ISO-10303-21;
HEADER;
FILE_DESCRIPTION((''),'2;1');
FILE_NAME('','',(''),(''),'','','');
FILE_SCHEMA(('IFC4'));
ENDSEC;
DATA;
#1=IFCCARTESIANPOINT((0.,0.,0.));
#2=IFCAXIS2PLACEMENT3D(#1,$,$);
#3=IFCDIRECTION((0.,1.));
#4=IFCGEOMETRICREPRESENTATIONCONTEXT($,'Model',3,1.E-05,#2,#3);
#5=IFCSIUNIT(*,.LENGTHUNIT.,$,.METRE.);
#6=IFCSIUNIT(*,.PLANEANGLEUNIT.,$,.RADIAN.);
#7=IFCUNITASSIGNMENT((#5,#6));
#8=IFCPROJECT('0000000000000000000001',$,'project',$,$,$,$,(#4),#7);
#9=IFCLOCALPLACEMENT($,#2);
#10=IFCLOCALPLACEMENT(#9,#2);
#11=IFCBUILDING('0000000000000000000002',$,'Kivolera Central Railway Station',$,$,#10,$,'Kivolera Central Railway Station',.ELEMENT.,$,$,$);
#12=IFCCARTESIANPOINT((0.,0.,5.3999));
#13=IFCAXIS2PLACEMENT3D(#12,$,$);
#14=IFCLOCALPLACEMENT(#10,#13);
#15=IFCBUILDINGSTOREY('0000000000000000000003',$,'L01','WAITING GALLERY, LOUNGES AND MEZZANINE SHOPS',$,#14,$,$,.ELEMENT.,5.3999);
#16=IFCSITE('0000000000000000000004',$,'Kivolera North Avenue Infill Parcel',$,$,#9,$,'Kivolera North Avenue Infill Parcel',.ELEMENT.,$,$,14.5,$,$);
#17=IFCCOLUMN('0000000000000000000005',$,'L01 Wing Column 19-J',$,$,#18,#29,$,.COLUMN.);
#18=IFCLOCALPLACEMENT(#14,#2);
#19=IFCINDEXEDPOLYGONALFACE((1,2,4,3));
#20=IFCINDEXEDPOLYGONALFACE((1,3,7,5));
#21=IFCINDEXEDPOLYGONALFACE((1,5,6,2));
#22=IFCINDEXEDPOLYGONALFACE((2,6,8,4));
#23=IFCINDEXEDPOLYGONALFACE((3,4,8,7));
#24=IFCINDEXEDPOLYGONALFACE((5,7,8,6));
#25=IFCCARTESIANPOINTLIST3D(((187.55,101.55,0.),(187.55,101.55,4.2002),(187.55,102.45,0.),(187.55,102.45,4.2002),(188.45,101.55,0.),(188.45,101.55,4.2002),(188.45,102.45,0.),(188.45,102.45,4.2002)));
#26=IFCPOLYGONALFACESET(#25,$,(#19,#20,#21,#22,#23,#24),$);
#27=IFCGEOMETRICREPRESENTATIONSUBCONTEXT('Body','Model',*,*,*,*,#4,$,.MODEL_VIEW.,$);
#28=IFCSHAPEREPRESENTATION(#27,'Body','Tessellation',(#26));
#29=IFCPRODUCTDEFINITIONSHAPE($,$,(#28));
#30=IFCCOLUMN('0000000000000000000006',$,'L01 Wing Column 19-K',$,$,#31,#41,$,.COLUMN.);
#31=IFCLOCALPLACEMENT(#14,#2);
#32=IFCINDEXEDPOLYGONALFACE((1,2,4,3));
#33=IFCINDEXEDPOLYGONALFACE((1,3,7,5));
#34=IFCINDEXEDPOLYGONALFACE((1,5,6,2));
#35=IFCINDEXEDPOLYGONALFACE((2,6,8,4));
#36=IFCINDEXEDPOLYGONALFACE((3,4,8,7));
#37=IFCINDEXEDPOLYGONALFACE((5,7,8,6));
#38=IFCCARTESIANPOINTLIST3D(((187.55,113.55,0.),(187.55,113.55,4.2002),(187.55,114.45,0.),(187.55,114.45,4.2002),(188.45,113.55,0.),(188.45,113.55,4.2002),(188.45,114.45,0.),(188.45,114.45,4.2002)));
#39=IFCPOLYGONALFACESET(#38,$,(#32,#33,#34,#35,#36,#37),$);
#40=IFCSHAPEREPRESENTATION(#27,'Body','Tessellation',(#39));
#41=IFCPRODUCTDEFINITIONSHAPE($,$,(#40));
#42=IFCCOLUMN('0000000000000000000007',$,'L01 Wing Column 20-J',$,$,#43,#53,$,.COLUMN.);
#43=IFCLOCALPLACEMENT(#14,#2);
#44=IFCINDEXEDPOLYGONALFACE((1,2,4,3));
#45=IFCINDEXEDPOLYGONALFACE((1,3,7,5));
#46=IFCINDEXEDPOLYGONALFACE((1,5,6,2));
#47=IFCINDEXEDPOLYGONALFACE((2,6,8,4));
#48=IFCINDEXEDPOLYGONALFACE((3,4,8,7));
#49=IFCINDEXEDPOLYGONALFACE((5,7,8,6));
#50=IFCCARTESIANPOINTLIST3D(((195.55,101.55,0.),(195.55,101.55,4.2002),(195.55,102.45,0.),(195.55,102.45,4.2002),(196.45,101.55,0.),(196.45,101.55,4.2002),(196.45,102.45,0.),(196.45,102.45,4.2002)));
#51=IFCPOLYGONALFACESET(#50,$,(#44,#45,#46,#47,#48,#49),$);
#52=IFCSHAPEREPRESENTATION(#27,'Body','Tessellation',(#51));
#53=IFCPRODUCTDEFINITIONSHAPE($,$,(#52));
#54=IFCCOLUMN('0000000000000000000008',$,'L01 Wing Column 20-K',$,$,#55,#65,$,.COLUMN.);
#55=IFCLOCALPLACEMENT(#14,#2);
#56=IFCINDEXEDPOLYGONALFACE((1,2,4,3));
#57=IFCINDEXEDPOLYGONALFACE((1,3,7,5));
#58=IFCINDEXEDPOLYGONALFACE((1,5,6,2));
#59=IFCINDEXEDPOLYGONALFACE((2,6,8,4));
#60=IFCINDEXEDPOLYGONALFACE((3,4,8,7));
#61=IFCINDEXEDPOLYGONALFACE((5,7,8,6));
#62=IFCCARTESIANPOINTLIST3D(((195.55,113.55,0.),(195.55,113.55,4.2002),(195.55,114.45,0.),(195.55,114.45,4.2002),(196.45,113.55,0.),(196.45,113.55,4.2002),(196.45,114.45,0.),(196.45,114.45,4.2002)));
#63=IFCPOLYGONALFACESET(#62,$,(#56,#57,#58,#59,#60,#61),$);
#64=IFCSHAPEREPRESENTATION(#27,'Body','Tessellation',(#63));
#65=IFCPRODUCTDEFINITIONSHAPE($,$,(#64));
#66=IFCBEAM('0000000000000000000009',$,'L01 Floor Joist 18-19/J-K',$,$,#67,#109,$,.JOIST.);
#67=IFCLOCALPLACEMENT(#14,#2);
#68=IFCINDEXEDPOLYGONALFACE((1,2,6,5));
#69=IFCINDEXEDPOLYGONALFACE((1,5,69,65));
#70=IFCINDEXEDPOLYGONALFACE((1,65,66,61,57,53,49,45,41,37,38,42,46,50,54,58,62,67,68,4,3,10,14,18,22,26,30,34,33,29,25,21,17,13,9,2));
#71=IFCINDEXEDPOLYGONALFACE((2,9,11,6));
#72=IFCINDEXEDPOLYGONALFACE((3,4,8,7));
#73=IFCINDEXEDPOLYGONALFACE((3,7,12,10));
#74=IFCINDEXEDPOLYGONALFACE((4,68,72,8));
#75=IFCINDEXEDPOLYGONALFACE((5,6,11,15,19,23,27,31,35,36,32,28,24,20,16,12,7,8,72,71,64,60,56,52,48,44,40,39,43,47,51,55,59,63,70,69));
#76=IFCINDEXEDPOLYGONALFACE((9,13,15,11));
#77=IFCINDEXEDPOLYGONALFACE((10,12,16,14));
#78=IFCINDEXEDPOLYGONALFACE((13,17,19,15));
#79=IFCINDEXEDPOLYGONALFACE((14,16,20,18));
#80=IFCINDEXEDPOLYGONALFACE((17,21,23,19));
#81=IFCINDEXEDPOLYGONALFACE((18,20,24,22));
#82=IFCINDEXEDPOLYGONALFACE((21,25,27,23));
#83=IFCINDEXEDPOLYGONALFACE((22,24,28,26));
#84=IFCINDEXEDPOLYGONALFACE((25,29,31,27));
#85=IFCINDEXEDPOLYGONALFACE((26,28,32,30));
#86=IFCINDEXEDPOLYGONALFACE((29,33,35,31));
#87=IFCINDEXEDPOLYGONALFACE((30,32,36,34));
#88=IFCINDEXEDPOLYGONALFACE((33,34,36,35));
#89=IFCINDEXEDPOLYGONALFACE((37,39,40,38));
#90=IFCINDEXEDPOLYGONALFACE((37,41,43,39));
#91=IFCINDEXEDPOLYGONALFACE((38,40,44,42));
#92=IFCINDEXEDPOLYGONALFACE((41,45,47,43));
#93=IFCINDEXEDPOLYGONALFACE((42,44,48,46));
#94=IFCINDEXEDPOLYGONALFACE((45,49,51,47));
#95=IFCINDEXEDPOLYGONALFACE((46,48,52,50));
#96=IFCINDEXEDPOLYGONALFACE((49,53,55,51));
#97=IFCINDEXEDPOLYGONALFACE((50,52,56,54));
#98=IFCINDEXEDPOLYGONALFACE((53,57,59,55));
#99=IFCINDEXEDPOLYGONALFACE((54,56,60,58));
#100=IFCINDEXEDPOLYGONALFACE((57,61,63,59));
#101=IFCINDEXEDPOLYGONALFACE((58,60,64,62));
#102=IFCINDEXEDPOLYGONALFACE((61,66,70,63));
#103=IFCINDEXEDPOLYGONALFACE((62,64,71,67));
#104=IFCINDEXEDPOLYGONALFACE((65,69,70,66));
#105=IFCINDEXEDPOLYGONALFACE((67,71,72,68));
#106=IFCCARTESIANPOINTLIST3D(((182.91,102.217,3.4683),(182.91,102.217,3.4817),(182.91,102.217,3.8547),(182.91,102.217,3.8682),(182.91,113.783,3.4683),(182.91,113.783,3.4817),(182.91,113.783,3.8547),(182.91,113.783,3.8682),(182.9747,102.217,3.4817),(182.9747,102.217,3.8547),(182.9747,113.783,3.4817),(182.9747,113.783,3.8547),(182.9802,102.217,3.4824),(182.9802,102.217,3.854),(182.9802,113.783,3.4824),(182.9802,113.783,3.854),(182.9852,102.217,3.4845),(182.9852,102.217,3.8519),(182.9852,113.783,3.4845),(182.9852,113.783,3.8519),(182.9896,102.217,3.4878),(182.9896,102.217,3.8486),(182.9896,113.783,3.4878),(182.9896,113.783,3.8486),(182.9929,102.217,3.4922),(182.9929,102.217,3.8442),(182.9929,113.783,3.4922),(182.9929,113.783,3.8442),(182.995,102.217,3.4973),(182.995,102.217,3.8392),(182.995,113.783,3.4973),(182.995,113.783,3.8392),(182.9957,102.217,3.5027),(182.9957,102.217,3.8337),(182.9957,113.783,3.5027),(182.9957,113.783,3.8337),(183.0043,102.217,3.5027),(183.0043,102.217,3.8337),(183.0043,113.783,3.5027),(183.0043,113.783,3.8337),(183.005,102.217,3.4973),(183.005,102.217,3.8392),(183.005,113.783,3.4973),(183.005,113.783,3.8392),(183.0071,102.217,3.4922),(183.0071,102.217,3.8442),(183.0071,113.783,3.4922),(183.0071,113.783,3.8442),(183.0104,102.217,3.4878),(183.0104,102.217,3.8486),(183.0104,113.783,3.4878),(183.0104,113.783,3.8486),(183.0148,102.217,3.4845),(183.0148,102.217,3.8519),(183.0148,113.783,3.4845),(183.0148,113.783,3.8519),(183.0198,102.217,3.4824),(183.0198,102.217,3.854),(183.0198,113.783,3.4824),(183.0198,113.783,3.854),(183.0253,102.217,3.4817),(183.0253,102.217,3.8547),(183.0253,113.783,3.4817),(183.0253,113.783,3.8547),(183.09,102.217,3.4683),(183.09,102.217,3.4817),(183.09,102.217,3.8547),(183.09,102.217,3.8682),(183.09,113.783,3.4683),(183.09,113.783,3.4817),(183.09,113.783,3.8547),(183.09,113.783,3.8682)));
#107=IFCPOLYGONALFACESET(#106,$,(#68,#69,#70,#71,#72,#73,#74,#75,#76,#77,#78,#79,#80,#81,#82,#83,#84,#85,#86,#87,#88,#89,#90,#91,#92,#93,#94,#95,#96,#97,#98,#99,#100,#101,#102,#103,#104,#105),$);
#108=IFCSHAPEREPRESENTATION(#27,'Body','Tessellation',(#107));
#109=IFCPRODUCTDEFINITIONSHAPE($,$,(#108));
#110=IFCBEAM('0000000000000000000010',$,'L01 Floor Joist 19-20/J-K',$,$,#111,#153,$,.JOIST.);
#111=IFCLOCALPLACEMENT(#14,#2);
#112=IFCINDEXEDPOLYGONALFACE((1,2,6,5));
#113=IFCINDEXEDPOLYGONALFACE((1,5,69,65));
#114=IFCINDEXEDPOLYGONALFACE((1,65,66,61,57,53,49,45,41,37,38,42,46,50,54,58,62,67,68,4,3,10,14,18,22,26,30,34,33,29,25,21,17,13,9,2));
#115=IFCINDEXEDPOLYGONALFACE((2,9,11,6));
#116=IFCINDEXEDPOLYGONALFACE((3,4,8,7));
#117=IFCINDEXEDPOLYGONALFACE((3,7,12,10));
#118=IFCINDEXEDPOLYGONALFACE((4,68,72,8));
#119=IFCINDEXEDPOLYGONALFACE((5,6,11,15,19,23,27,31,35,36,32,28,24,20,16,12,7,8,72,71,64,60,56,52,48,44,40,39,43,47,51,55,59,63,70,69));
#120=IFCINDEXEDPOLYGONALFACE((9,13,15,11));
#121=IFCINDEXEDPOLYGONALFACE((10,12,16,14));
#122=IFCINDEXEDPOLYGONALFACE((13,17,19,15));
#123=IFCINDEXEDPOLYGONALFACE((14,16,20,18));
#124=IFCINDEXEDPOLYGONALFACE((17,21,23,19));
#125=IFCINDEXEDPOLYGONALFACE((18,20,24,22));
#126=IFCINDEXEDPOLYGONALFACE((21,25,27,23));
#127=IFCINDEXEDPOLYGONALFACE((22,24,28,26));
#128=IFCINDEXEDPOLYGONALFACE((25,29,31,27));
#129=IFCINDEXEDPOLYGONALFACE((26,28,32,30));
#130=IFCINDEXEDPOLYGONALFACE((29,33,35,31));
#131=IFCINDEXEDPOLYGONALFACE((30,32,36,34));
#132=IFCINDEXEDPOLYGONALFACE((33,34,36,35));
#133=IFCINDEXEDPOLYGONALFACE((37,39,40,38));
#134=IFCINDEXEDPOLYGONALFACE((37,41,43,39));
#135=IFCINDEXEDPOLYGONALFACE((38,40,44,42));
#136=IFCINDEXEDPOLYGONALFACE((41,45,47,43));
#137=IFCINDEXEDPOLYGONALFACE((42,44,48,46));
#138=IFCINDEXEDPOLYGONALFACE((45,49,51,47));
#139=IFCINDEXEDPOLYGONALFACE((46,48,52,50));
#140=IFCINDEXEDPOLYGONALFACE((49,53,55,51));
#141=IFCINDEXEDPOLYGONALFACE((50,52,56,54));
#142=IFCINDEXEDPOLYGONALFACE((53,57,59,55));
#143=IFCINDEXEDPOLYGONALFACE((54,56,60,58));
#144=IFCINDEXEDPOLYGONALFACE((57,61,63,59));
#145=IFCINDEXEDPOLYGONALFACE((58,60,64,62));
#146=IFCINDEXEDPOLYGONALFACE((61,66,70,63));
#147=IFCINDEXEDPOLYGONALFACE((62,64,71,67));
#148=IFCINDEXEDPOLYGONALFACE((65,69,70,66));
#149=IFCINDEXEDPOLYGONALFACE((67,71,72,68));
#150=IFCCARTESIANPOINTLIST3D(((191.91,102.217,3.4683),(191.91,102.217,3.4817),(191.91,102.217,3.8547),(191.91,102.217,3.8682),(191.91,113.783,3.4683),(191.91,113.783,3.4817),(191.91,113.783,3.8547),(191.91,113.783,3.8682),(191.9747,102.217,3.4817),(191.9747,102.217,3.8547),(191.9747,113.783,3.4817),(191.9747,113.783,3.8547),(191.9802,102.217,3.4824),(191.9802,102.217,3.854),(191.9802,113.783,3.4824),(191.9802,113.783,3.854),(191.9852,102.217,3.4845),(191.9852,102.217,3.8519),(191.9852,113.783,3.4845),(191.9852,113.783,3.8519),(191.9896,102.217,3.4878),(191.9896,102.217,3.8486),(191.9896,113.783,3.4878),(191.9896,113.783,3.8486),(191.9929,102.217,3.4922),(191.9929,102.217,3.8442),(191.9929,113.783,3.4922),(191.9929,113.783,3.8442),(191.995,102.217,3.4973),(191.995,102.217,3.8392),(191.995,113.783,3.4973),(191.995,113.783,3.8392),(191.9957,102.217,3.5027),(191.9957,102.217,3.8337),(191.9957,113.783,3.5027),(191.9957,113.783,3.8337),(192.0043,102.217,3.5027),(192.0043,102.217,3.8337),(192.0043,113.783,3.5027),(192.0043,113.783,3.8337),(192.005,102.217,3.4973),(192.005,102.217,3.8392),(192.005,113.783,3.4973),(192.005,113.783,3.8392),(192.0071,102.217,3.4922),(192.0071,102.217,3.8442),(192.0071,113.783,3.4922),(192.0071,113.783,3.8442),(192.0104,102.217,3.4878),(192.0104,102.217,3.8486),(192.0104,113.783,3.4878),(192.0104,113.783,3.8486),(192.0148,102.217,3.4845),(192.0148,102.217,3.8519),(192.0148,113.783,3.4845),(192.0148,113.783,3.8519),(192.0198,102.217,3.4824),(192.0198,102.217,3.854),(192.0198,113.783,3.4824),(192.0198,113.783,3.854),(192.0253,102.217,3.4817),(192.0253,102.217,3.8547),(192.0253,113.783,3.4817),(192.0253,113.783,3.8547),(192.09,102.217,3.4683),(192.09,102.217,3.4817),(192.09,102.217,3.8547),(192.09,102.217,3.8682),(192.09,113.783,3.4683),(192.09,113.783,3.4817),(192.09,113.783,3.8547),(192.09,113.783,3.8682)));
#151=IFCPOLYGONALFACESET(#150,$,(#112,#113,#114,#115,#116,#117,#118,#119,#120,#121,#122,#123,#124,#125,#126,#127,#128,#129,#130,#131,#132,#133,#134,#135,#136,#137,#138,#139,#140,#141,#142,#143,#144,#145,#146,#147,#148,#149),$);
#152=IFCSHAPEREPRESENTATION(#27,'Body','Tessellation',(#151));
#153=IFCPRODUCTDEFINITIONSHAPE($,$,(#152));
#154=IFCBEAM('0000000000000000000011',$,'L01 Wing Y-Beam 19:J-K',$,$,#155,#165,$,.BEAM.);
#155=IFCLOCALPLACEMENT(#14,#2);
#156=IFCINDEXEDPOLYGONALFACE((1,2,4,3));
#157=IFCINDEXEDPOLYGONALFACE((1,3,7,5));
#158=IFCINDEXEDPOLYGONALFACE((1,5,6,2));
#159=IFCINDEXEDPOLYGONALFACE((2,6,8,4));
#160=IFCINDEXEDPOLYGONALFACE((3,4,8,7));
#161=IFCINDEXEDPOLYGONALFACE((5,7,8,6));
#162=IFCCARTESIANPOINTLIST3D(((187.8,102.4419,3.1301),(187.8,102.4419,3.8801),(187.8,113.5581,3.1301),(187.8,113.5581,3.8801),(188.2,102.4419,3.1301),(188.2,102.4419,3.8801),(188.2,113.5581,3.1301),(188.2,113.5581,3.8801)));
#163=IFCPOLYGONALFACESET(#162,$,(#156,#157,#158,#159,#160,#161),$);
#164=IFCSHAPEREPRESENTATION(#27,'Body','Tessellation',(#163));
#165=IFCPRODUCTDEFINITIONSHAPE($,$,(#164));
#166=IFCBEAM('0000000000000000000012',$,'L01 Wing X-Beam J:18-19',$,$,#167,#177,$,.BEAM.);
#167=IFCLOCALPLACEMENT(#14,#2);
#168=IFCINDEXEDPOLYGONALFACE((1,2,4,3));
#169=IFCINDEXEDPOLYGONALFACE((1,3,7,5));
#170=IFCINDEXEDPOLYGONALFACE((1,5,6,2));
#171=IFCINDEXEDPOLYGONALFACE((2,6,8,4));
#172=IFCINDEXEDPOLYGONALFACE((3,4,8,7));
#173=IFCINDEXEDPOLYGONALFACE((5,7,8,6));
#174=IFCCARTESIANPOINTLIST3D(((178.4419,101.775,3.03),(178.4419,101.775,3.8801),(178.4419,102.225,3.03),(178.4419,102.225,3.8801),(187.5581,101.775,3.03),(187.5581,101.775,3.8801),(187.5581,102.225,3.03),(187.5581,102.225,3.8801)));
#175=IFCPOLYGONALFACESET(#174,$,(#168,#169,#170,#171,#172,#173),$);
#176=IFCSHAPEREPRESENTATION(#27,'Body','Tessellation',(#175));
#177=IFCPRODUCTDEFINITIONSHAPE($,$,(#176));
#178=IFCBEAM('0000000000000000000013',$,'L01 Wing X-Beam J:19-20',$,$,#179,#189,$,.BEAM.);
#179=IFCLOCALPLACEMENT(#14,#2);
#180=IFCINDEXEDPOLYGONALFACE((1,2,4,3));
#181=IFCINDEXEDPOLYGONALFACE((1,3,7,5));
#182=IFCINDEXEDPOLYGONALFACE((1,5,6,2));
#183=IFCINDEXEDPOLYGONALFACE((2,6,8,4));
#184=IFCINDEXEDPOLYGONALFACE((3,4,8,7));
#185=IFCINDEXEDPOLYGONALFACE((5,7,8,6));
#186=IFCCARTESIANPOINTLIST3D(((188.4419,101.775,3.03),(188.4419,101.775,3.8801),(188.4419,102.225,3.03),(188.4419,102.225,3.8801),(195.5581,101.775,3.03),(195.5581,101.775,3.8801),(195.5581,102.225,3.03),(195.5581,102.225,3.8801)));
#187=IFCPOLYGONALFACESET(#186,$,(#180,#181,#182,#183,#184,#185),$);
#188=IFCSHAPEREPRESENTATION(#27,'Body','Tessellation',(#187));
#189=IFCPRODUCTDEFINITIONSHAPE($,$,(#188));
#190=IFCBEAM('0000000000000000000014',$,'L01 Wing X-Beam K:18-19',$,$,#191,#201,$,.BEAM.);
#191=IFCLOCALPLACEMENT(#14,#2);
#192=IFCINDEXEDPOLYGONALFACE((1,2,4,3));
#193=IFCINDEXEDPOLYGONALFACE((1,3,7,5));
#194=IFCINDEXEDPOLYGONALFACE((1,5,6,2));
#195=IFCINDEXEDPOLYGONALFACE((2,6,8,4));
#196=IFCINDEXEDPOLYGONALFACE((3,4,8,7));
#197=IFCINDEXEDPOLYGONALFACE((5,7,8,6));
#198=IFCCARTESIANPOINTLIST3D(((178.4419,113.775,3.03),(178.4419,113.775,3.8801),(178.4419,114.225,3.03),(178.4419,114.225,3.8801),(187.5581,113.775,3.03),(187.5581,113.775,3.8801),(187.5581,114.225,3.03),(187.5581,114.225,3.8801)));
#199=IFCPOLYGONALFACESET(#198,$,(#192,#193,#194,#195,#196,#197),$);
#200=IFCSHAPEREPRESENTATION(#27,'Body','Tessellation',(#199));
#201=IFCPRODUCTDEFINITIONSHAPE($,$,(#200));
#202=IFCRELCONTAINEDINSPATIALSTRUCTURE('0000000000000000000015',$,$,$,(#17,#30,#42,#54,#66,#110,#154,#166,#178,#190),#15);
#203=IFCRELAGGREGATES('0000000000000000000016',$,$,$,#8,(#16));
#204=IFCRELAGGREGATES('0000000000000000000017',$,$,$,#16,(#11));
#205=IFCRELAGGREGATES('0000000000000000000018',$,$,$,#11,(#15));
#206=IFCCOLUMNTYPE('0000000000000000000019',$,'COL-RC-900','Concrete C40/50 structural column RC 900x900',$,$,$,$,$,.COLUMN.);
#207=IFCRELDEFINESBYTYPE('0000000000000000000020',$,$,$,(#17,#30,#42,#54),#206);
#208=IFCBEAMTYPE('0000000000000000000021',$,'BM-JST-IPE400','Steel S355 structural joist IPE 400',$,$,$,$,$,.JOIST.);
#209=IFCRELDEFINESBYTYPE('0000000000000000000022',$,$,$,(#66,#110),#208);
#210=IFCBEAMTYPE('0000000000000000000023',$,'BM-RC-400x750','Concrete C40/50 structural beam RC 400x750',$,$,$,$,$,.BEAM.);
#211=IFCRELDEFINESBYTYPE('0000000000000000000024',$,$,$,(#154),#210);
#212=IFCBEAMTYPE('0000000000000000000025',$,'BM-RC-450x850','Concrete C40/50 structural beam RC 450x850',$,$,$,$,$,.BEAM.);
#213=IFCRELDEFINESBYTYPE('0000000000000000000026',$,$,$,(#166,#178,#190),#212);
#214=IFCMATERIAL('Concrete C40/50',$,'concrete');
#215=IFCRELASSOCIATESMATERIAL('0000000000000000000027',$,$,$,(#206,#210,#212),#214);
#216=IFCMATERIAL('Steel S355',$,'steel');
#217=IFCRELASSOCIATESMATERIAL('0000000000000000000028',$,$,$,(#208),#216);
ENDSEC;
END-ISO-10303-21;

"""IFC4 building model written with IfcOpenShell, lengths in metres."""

from ifc_helpers import new_model, si_unit, direction, frame, origin, origin_2d, place, context, subcontext, project, spatial, rectangle, i_section, extrude, material, material_profile, profile_set, type_object, element, save


model = new_model("IFC4")

# Units and contexts
model_context = context("Model", 3, precision=1e-05, world=origin(), true_north=direction((0.0, 1.0)))
body_context = subcontext(model_context, "Body", "Model", "MODEL_VIEW")
ifc_project = project(units=[si_unit("LENGTHUNIT", "METRE"), si_unit("PLANEANGLEUNIT", "RADIAN")], contexts=[model_context])

# Site, building, storey
site_placement = place(None, origin())
site = spatial("IfcSite", under=ifc_project, at=site_placement, Name="Kivolera North Avenue Infill Parcel", LongName="Kivolera North Avenue Infill Parcel", CompositionType="ELEMENT", RefElevation=14.5)
building_placement = place(site_placement, origin())
building = spatial("IfcBuilding", under=site, at=building_placement, Name="Kivolera Central Railway Station", LongName="Kivolera Central Railway Station", CompositionType="ELEMENT")
storey_placement = place(building_placement, frame((0.0, 0.0, 5.3999)))
storey = spatial("IfcBuildingStorey", under=building, at=storey_placement, Name="L01", Description="WAITING GALLERY, LOUNGES AND MEZZANINE SHOPS", CompositionType="ELEMENT", Elevation=5.3999)

# Columns
ifc_material_1 = material(Name="Concrete C40/50", Category="concrete")
ifc_material_profile_1 = material_profile(ifc_material_1, rectangle(XDim=0.8999, YDim=0.8999, at=origin_2d()), Name="RC 900x900")
ifc_profile_set_1 = profile_set([ifc_material_profile_1], Name="Concrete C40/50")
column_type = type_object("IfcColumnType", Name="COL-RC-900", Description="Concrete C40/50 structural column RC 900x900", PredefinedType="COLUMN", material=ifc_profile_set_1)
for number, where, z_axis, x_axis, name in (
    (1, (188.0, 102.0, 0.0), (0.0, 0.0, 1.0), (1.0, 0.0, 0.0), "L01 Wing Column 19-J"),
    (2, (188.0, 114.0, 0.0), (0.0, 0.0, 1.0), (1.0, 0.0, 0.0), "L01 Wing Column 19-K"),
    (3, (196.0, 102.0, 0.0), (0.0, 0.0, 1.0), (1.0, 0.0, 0.0), "L01 Wing Column 20-J"),
    (4, (196.0, 114.0, 0.0), (0.0, 0.0, 1.0), (1.0, 0.0, 0.0), "L01 Wing Column 20-K"),
):
    element("IfcColumn", number, at=place(storey_placement, frame(where, z_axis=z_axis, x_axis=x_axis)), inside=storey, type_object=column_type, Name=name, PredefinedType="COLUMN", context=body_context, shape_type="SweptSolid", body=[
        extrude(rectangle(XDim=0.8999, YDim=0.8999, at=origin_2d()), origin(), (0.0, 0.0, 1.0), 4.2002),
    ])

# Beams
ifc_material_2 = material(Name="Steel S355", Category="steel")
ifc_material_profile_2 = material_profile(ifc_material_2, i_section(OverallWidth=0.1799, OverallDepth=0.3999, WebThickness=0.0085, FlangeThickness=0.0134, FilletRadius=0.021, at=origin_2d()), Name="IPE 400")
ifc_profile_set_2 = profile_set([ifc_material_profile_2], Name="Steel S355")
beam_type_1 = type_object("IfcBeamType", Name="BM-JST-IPE400", Description="Steel S355 structural joist IPE 400", PredefinedType="JOIST", material=ifc_profile_set_2)
for number, where, z_axis, x_axis, name in (
    (5, (183.0, 102.217, 3.6682), (0.0, 1.0, 0.0), (-1.0, 0.0, 0.0), "L01 Floor Joist 18-19/J-K"),
    (6, (192.0, 102.217, 3.6682), (0.0, 1.0, 0.0), (-1.0, 0.0, 0.0), "L01 Floor Joist 19-20/J-K"),
):
    element("IfcBeam", number, at=place(storey_placement, frame(where, z_axis=z_axis, x_axis=x_axis)), inside=storey, type_object=beam_type_1, Name=name, PredefinedType="JOIST", context=body_context, shape_type="SweptSolid", body=[
        extrude(i_section(OverallWidth=0.1799, OverallDepth=0.3999, WebThickness=0.0085, FlangeThickness=0.0134, FilletRadius=0.021, at=origin_2d()), origin(), (0.0, 0.0, 1.0), 11.5659),
    ])
ifc_material_profile_3 = material_profile(ifc_material_1, rectangle(XDim=0.3999, YDim=0.75, at=origin_2d()), Name="RC 400x750")
ifc_profile_set_3 = profile_set([ifc_material_profile_3], Name="Concrete C40/50")
beam_type_2 = type_object("IfcBeamType", Name="BM-RC-400x750", Description="Concrete C40/50 structural beam RC 400x750", PredefinedType="BEAM", material=ifc_profile_set_3)
beam_1_placement = place(storey_placement, frame((188.0, 102.4419, 3.5051), z_axis=(0.0, 1.0, 0.0), x_axis=(-1.0, 0.0, 0.0)))
element("IfcBeam", 7, at=beam_1_placement, inside=storey, type_object=beam_type_2, Name="L01 Wing Y-Beam 19:J-K", PredefinedType="BEAM", context=body_context, shape_type="SweptSolid", body=[
    extrude(rectangle(XDim=0.3999, YDim=0.75, at=origin_2d()), origin(), (0.0, 0.0, 1.0), 11.1162),
])
ifc_material_profile_4 = material_profile(ifc_material_1, rectangle(XDim=0.45, YDim=0.8501, at=origin_2d()), Name="RC 450x850")
ifc_profile_set_4 = profile_set([ifc_material_profile_4], Name="Concrete C40/50")
beam_type_3 = type_object("IfcBeamType", Name="BM-RC-450x850", Description="Concrete C40/50 structural beam RC 450x850", PredefinedType="BEAM", material=ifc_profile_set_4)
beam_2_placement = place(storey_placement, frame((178.4419, 102.0, 3.4551), z_axis=(1.0, 0.0, 0.0), x_axis=(0.0, 1.0, 0.0)))
element("IfcBeam", 8, at=beam_2_placement, inside=storey, type_object=beam_type_3, Name="L01 Wing X-Beam J:18-19", PredefinedType="BEAM", context=body_context, shape_type="SweptSolid", body=[
    extrude(rectangle(XDim=0.45, YDim=0.8501, at=origin_2d()), origin(), (0.0, 0.0, 1.0), 9.1162),
])
beam_3_placement = place(storey_placement, frame((188.4419, 102.0, 3.4551), z_axis=(1.0, 0.0, 0.0), x_axis=(0.0, 1.0, 0.0)))
element("IfcBeam", 9, at=beam_3_placement, inside=storey, type_object=beam_type_3, Name="L01 Wing X-Beam J:19-20", PredefinedType="BEAM", context=body_context, shape_type="SweptSolid", body=[
    extrude(rectangle(XDim=0.45, YDim=0.8501, at=origin_2d()), origin(), (0.0, 0.0, 1.0), 7.1162),
])
beam_4_placement = place(storey_placement, frame((178.4419, 114.0, 3.4551), z_axis=(1.0, 0.0, 0.0), x_axis=(0.0, 1.0, 0.0)))
element("IfcBeam", 10, at=beam_4_placement, inside=storey, type_object=beam_type_3, Name="L01 Wing X-Beam K:18-19", PredefinedType="BEAM", context=body_context, shape_type="SweptSolid", body=[
    extrude(rectangle(XDim=0.45, YDim=0.8501, at=origin_2d()), origin(), (0.0, 0.0, 1.0), 9.1162),
])

save(model, "model.ifc")
